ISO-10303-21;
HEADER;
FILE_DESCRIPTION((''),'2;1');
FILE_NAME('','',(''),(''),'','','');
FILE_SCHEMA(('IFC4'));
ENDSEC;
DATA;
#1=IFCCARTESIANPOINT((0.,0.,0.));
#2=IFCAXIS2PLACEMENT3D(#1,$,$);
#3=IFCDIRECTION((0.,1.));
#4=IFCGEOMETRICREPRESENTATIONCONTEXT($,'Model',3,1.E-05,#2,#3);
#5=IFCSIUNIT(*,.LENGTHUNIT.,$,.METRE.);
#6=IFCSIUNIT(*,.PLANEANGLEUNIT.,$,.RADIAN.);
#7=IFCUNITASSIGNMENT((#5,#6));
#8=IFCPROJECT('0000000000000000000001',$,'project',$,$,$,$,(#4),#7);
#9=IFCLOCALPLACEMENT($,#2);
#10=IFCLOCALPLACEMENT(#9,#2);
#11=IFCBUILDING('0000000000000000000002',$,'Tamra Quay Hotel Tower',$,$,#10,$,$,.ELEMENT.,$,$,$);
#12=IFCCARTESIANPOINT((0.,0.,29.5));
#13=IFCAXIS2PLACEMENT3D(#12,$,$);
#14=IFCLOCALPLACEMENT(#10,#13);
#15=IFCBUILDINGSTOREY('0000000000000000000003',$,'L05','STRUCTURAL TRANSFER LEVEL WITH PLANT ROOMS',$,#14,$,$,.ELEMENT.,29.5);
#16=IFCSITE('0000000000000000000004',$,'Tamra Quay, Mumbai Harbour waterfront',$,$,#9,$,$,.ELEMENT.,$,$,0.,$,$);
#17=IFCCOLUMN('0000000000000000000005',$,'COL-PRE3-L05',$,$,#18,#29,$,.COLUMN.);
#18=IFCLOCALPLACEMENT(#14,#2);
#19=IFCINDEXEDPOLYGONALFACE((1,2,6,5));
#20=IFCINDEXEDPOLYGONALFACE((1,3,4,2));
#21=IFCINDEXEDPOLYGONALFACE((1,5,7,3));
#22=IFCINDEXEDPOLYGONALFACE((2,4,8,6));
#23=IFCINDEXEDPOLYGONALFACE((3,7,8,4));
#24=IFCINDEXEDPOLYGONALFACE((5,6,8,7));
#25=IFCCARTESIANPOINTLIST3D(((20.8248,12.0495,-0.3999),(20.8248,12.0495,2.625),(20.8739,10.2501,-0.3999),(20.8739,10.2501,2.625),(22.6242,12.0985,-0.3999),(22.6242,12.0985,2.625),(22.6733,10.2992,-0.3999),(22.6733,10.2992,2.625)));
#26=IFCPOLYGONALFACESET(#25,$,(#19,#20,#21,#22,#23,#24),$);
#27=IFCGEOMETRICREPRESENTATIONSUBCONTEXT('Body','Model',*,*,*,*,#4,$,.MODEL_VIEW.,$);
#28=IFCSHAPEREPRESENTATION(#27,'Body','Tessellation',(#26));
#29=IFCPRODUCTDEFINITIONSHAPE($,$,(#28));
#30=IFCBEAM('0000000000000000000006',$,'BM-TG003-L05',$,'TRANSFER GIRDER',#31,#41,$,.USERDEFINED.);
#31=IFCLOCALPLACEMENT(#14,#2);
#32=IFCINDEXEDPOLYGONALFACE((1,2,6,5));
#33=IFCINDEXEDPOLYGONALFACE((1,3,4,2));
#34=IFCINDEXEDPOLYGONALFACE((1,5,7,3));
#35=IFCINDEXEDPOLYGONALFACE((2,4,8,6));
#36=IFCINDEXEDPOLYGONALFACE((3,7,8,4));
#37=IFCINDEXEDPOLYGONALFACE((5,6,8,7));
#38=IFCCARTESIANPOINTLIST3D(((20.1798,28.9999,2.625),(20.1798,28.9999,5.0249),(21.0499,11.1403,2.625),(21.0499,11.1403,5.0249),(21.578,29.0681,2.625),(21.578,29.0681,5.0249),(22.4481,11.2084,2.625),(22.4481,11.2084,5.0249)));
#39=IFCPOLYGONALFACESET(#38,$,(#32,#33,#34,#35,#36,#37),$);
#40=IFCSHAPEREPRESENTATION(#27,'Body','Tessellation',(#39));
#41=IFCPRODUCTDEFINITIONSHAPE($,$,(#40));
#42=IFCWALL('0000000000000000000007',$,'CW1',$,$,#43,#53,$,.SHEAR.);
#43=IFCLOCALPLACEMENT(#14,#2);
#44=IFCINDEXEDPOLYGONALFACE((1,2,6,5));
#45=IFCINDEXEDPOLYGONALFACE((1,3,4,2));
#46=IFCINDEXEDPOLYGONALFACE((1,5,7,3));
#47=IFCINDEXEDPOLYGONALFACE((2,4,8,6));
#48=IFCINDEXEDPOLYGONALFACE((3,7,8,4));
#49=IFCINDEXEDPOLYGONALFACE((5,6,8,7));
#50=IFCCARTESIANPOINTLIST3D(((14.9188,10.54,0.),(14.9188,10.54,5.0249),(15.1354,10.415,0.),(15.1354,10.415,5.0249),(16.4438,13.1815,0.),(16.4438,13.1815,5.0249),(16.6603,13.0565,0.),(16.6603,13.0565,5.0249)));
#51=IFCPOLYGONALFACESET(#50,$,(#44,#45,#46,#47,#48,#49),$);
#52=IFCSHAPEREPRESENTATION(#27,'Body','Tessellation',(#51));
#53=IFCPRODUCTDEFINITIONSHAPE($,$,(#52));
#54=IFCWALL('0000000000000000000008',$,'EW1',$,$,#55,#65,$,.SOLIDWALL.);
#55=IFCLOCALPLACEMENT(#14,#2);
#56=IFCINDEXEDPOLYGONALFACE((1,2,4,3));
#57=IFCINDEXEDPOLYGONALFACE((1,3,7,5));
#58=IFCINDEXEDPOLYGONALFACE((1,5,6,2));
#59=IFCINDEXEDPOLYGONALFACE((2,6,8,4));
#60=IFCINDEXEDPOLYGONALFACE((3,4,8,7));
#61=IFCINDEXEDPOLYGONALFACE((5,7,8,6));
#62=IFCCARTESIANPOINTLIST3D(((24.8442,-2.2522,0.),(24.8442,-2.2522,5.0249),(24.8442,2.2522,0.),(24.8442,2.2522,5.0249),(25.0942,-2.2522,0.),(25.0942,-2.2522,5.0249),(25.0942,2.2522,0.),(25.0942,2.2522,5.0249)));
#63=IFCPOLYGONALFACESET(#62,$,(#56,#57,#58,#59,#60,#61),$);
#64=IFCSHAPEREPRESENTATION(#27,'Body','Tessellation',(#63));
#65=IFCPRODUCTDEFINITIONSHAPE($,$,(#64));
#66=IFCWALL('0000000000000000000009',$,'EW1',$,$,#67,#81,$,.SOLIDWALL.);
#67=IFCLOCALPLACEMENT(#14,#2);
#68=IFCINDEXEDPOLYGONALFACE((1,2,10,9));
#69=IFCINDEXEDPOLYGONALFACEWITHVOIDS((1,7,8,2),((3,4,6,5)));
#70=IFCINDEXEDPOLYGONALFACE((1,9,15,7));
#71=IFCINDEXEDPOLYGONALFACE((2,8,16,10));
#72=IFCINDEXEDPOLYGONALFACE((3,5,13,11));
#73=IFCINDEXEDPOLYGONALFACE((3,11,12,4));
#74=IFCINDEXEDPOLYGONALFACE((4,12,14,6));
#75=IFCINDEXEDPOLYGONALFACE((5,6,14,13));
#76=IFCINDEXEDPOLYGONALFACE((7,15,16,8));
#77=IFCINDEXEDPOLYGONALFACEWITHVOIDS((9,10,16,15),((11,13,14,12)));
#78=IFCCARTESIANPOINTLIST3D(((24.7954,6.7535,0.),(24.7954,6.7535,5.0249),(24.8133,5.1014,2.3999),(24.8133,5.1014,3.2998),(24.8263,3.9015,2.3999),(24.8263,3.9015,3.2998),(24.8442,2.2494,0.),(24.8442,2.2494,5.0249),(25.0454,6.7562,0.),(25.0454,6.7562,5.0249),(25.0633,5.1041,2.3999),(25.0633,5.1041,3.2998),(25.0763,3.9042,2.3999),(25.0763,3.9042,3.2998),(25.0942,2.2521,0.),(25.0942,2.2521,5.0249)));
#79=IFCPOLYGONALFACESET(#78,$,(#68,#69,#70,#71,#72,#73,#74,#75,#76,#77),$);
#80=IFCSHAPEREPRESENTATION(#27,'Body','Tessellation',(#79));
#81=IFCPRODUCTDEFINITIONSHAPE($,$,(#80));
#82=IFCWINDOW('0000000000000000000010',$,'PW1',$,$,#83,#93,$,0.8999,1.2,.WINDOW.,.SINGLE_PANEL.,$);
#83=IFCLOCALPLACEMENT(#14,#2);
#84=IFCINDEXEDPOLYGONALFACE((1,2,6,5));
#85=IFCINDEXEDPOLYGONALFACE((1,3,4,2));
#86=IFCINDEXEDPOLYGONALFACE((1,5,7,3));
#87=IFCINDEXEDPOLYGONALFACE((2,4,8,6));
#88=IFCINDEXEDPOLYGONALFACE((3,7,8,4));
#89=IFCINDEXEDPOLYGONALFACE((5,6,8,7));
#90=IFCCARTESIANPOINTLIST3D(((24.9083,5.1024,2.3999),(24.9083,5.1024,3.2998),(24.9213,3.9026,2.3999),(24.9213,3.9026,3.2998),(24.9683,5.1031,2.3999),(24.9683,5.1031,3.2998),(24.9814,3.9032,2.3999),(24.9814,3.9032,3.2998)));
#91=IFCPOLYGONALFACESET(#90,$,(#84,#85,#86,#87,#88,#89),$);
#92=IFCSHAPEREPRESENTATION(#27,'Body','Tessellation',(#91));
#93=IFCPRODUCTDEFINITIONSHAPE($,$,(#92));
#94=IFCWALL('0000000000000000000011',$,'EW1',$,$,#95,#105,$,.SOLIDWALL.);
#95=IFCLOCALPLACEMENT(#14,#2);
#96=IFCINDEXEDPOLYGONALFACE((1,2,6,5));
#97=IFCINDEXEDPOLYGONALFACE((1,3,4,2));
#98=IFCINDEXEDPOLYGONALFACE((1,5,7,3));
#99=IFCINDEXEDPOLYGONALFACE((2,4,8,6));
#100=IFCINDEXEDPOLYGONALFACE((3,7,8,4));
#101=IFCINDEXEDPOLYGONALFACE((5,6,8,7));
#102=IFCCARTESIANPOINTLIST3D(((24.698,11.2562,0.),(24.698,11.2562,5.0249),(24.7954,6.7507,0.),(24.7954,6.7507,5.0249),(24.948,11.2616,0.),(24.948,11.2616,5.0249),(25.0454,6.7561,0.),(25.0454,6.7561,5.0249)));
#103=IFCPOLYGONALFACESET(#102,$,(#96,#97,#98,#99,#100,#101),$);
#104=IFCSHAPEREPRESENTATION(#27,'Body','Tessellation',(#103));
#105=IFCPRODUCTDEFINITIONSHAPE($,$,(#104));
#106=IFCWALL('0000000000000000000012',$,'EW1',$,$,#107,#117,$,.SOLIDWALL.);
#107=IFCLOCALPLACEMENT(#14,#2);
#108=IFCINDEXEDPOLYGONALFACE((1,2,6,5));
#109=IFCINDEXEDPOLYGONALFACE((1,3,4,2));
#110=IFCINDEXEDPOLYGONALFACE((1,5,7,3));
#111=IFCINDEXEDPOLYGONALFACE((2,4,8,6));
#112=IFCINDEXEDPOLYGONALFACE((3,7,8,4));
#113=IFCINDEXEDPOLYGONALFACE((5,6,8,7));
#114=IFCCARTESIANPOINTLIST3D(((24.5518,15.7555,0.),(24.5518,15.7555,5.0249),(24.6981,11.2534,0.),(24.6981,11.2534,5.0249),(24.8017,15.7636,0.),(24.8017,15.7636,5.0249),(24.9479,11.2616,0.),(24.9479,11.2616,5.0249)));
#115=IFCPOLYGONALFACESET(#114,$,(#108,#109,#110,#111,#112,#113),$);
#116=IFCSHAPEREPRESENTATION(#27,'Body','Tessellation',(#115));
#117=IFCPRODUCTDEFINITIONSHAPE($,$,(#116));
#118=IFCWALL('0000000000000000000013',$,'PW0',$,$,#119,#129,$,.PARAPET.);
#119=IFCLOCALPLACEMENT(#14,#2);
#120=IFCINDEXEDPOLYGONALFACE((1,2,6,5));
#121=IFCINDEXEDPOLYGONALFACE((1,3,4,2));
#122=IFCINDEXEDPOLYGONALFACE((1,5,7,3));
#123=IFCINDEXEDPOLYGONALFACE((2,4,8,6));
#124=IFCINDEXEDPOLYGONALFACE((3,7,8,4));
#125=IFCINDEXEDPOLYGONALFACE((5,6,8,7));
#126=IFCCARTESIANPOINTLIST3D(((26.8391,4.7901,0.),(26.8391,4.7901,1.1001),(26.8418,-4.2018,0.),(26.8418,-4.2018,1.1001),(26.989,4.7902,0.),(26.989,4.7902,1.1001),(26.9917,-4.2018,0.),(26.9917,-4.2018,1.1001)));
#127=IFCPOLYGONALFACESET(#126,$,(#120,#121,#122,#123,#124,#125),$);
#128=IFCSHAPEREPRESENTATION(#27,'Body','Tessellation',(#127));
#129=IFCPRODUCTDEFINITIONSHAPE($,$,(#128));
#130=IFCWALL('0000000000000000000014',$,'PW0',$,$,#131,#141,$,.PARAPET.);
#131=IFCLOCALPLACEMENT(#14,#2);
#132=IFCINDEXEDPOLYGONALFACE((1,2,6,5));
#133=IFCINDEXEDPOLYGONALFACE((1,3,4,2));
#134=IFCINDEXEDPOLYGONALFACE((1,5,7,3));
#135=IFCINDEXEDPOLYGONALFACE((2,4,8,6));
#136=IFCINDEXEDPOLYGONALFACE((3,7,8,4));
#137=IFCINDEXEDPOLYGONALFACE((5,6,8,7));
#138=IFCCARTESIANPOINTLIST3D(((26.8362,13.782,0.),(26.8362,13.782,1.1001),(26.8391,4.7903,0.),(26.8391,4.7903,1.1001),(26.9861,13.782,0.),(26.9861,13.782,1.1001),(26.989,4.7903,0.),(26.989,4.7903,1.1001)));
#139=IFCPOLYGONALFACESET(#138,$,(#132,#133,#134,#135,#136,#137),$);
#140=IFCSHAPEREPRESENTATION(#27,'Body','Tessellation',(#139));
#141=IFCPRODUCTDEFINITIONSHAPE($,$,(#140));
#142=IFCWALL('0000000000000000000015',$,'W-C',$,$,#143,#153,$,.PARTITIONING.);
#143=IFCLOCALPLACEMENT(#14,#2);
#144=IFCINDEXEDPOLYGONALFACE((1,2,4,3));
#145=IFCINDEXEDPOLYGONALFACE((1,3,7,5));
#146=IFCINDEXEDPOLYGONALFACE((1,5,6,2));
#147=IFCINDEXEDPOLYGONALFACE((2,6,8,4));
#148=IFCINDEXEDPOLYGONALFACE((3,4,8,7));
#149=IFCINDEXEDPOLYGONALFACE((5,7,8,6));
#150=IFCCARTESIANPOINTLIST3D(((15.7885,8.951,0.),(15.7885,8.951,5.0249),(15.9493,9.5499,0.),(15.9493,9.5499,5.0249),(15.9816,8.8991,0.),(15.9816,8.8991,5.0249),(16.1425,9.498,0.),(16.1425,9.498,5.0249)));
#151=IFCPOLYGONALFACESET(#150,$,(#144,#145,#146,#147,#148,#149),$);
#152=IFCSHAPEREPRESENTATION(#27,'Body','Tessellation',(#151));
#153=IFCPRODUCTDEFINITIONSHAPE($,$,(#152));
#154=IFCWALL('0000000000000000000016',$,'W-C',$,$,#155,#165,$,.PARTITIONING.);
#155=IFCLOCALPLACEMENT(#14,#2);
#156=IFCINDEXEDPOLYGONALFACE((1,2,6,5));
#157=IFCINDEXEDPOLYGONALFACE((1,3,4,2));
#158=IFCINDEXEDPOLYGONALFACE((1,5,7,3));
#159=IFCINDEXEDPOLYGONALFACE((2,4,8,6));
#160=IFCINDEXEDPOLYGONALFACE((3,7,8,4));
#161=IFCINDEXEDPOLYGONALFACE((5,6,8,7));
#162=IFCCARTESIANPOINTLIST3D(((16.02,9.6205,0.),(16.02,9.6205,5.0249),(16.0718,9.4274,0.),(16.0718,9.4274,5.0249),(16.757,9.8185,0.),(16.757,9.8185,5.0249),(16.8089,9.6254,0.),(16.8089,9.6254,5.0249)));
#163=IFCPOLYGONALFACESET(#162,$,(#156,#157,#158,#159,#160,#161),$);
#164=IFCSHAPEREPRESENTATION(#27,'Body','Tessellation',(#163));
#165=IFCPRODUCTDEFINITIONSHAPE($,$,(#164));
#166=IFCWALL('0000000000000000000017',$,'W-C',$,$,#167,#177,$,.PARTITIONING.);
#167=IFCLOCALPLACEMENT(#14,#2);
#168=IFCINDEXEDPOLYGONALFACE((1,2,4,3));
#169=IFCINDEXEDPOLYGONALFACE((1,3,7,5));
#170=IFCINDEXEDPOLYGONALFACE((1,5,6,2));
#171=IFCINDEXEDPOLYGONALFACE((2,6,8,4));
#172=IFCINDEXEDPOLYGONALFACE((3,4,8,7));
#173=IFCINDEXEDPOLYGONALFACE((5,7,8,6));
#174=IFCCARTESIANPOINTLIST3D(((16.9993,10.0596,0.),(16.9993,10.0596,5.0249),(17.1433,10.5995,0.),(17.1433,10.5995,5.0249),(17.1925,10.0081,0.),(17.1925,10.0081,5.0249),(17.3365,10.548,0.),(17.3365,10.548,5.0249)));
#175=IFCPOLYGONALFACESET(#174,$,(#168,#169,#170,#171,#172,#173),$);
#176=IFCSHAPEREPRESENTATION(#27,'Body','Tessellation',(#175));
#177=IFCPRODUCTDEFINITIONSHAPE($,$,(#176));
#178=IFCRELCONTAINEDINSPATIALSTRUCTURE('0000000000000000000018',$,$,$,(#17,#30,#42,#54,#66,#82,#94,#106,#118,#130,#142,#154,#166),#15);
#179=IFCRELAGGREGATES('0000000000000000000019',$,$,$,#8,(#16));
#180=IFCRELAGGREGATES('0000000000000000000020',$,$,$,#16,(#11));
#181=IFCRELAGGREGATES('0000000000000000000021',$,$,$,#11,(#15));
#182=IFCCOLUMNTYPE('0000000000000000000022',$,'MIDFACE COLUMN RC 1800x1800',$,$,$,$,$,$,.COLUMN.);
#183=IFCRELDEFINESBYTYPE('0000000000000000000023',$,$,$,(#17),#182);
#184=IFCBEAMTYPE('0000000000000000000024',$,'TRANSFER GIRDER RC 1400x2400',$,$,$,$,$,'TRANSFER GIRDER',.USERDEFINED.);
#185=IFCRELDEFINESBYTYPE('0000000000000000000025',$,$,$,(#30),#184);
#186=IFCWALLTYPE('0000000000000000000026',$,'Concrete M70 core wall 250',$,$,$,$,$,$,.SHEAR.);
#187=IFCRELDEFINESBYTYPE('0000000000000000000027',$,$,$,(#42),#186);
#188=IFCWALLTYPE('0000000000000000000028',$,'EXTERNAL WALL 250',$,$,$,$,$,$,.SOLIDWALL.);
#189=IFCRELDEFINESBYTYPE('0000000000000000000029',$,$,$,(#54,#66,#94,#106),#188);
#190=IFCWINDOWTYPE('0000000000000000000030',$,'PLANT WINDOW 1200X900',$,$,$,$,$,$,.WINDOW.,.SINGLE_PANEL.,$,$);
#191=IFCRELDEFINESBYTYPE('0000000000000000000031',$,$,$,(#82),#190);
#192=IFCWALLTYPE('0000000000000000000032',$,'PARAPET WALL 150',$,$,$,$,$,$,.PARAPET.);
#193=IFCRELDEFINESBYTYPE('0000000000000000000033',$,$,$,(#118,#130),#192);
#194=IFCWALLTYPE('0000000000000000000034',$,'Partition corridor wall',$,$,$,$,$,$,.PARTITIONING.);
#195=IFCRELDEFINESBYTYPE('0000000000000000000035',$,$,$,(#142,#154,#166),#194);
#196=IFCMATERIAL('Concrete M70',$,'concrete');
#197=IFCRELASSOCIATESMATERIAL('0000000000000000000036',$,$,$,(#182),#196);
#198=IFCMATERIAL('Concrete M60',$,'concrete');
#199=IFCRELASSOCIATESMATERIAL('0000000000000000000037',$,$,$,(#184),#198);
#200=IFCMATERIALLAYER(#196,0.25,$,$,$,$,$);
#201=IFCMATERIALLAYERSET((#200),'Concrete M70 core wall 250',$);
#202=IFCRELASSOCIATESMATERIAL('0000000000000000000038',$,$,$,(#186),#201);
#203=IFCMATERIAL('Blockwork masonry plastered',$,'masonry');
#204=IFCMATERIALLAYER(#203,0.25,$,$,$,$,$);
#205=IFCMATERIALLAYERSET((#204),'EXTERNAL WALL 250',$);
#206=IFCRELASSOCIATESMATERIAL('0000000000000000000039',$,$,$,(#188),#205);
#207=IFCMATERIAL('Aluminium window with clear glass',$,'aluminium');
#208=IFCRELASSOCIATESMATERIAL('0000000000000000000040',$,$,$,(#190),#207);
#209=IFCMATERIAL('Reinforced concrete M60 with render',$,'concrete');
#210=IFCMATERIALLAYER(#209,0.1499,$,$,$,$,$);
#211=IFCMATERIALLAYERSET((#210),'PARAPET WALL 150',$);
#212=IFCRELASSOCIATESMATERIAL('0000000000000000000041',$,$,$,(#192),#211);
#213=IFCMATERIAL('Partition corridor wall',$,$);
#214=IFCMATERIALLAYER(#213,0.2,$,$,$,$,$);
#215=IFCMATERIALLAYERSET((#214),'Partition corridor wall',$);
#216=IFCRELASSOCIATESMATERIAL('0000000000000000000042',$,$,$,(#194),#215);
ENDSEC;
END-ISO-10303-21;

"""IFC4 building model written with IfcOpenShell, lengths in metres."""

from ifc_helpers import new_model, si_unit, direction, frame, frame_2d, origin, origin_2d, place, context, subcontext, project, spatial, rectangle, extrude, material, layer, layer_set, material_profile, profile_set, type_object, element, fill, save


model = new_model("IFC4")

# Units and contexts
model_context = context("Model", 3, precision=1e-05, world=origin(), true_north=direction((0.0, 1.0)))
body_context = subcontext(model_context, "Body", "Model", "MODEL_VIEW")
ifc_project = project(units=[si_unit("LENGTHUNIT", "METRE"), si_unit("PLANEANGLEUNIT", "RADIAN")], contexts=[model_context])

# Site, building, storey
site_placement = place(None, origin())
site = spatial("IfcSite", under=ifc_project, at=site_placement, Name="Tamra Quay, Mumbai Harbour waterfront", CompositionType="ELEMENT", RefElevation=0.0)
building_placement = place(site_placement, origin())
building = spatial("IfcBuilding", under=site, at=building_placement, Name="Tamra Quay Hotel Tower", CompositionType="ELEMENT")
storey_placement = place(building_placement, frame((0.0, 0.0, 29.5)))
storey = spatial("IfcBuildingStorey", under=building, at=storey_placement, Name="L05", Description="STRUCTURAL TRANSFER LEVEL WITH PLANT ROOMS", CompositionType="ELEMENT", Elevation=29.5)

# Column
ifc_material_1 = material(Name="Concrete M70", Category="concrete")
ifc_material_profile_1 = material_profile(ifc_material_1, rectangle(XDim=1.8, YDim=1.8, at=origin_2d()), Name="MIDFACE COLUMN RC 1800x1800")
ifc_profile_set_1 = profile_set([ifc_material_profile_1], Name="Concrete M70")
column_type = type_object("IfcColumnType", Name="MIDFACE COLUMN RC 1800x1800", PredefinedType="COLUMN", material=ifc_profile_set_1)
column_placement = place(storey_placement, frame((21.749, 11.1743, -0.3999), z_axis=(0.0, 0.0, 1.0), x_axis=(0.999628, 0.027269, 0.0)))
element("IfcColumn", 1, at=column_placement, inside=storey, type_object=column_type, Name="COL-PRE3-L05", PredefinedType="COLUMN", context=body_context, shape_type="SweptSolid", body=[
    extrude(rectangle(XDim=1.8, YDim=1.8, at=origin_2d()), origin(), (0.0, 0.0, 1.0), 3.0249),
])

# Beam
ifc_material_2 = material(Name="Concrete M60", Category="concrete")
ifc_material_profile_2 = material_profile(ifc_material_2, rectangle(XDim=1.3999, YDim=2.3999, at=origin_2d()), Name="TRANSFER GIRDER RC 1400x2400")
ifc_profile_set_2 = profile_set([ifc_material_profile_2], Name="Concrete M60")
beam_type = type_object("IfcBeamType", Name="TRANSFER GIRDER RC 1400x2400", ElementType="TRANSFER GIRDER", PredefinedType="USERDEFINED", material=ifc_profile_set_2)
beam_placement = place(storey_placement, frame((21.749, 11.1743, 3.825), z_axis=(-0.048662, 0.998815, 0.0), x_axis=(-0.998815, -0.048662, 0.0)))
element("IfcBeam", 2, at=beam_placement, inside=storey, type_object=beam_type, Name="BM-TG003-L05", ObjectType="TRANSFER GIRDER", PredefinedType="USERDEFINED", context=body_context, shape_type="SweptSolid", body=[
    extrude(rectangle(XDim=1.3999, YDim=2.3999, at=origin_2d()), origin(), (0.0, 0.0, 1.0), 17.8809),
])

# Walls
ifc_layer_1 = layer(ifc_material_1, 0.25)
ifc_layer_set_1 = layer_set([ifc_layer_1], Name="Concrete M70 core wall 250")
wall_type_1 = type_object("IfcWallType", Name="Concrete M70 core wall 250", PredefinedType="SHEAR", material=ifc_layer_set_1)
wall_1_placement = place(storey_placement, frame((16.552, 13.1189, 0.0), z_axis=(0.0, 0.0, 1.0), x_axis=(-0.499979, -0.866038, 0.0)))
element("IfcWall", 3, at=wall_1_placement, inside=storey, type_object=wall_type_1, Name="CW1", PredefinedType="SHEAR", context=body_context, shape_type="SweptSolid", body=[
    extrude(rectangle(XDim=3.05, YDim=0.25, at=frame_2d((1.5249, 0.0))), origin(), (0.0, 0.0, 1.0), 5.0249),
])
ifc_material_3 = material(Name="Blockwork masonry plastered", Category="masonry")
ifc_layer_2 = layer(ifc_material_3, 0.25)
ifc_layer_set_2 = layer_set([ifc_layer_2], Name="EXTERNAL WALL 250")
wall_type_2 = type_object("IfcWallType", Name="EXTERNAL WALL 250", PredefinedType="SOLIDWALL", material=ifc_layer_set_2)
wall_2_placement = place(storey_placement, frame((24.9692, 2.2522, 0.0), z_axis=(0.0, 0.0, 1.0), x_axis=(0.0, -1.0, 0.0)))
element("IfcWall", 4, at=wall_2_placement, inside=storey, type_object=wall_type_2, Name="EW1", PredefinedType="SOLIDWALL", context=body_context, shape_type="SweptSolid", body=[
    extrude(rectangle(XDim=4.5044, YDim=0.25, at=frame_2d((2.2522, 0.0))), origin(), (0.0, 0.0, 1.0), 5.0249),
])

# Wall, opening, window
wall_3_placement = place(storey_placement, frame((24.9204, 6.7549, 0.0), z_axis=(0.0, 0.0, 1.0), x_axis=(0.01084, -0.999941, 0.0)))
wall_3 = element("IfcWall", 5, at=wall_3_placement, inside=storey, type_object=wall_type_2, Name="EW1", PredefinedType="SOLIDWALL", context=body_context, shape_type="SweptSolid", body=[
    extrude(rectangle(XDim=4.5044, YDim=0.25, at=frame_2d((2.2522, 0.0))), origin(), (0.0, 0.0, 1.0), 5.0249),
])
opening_placement = place(wall_3_placement, frame((1.6521, 0.0, 2.3999)))
opening = element("IfcOpeningElement", 6, at=opening_placement, cuts=wall_3, PredefinedType="OPENING", context=body_context, shape_type="SweptSolid", body=[
    extrude(rectangle(XDim=1.2, YDim=0.8999, at=frame_2d((0.6001, 0.45))), frame((0.0, 0.135, 0.0), z_axis=(0.0, -1.0, 0.0), x_axis=(1.0, 0.0, 0.0)), (0.0, 0.0, 1.0), 0.27),
])
ifc_material_4 = material(Name="Aluminium window with clear glass", Category="aluminium")
window_type = type_object("IfcWindowType", Name="PLANT WINDOW 1200X900", PartitioningType="SINGLE_PANEL", PredefinedType="WINDOW", material=ifc_material_4)
window_placement = place(opening_placement, origin())
window = element("IfcWindow", 7, at=window_placement, inside=storey, type_object=window_type, Name="PW1", OverallHeight=0.8999, OverallWidth=1.2, PartitioningType="SINGLE_PANEL", PredefinedType="WINDOW", context=body_context, shape_type="SweptSolid", body=[
    extrude(rectangle(XDim=1.2, YDim=0.8999, at=frame_2d((0.6001, 0.45))), frame((0.0, 0.03, 0.0), z_axis=(0.0, -1.0, 0.0), x_axis=(1.0, 0.0, 0.0)), (0.0, 0.0, 1.0), 0.0601),
])
fill(opening, window)

# Walls
wall_4_placement = place(storey_placement, frame((24.823, 11.259, 0.0), z_axis=(0.0, 0.0, 1.0), x_axis=(0.021615, -0.999766, 0.0)))
element("IfcWall", 8, at=wall_4_placement, inside=storey, type_object=wall_type_2, Name="EW1", PredefinedType="SOLIDWALL", context=body_context, shape_type="SweptSolid", body=[
    extrude(rectangle(XDim=4.5066, YDim=0.25, at=frame_2d((2.2534, 0.0))), origin(), (0.0, 0.0, 1.0), 5.0249),
])
wall_5_placement = place(storey_placement, frame((24.6768, 15.7595, 0.0), z_axis=(0.0, 0.0, 1.0), x_axis=(0.032467, -0.999473, 0.0)))
element("IfcWall", 9, at=wall_5_placement, inside=storey, type_object=wall_type_2, Name="EW1", PredefinedType="SOLIDWALL", context=body_context, shape_type="SweptSolid", body=[
    extrude(rectangle(XDim=4.5044, YDim=0.25, at=frame_2d((2.2522, 0.0))), origin(), (0.0, 0.0, 1.0), 5.0249),
])
ifc_material_5 = material(Name="Reinforced concrete M60 with render", Category="concrete")
ifc_layer_3 = layer(ifc_material_5, 0.1499)
ifc_layer_set_3 = layer_set([ifc_layer_3], Name="PARAPET WALL 150")
wall_type_3 = type_object("IfcWallType", Name="PARAPET WALL 150", PredefinedType="PARAPET", material=ifc_layer_set_3)
wall_6_placement = place(storey_placement, frame((26.9141, 4.7903, 0.0), z_axis=(0.0, 0.0, 1.0), x_axis=(0.000299, -1.0, 0.0)))
element("IfcWall", 10, at=wall_6_placement, inside=storey, type_object=wall_type_3, Name="PW0", PredefinedType="PARAPET", context=body_context, shape_type="SweptSolid", body=[
    extrude(rectangle(XDim=8.9919, YDim=0.1499, at=frame_2d((4.4961, 0.0))), origin(), (0.0, 0.0, 1.0), 1.1001),
])
wall_7_placement = place(storey_placement, frame((26.9111, 13.782, 0.0), z_axis=(0.0, 0.0, 1.0), x_axis=(0.000326, -1.0, 0.0)))
element("IfcWall", 11, at=wall_7_placement, inside=storey, type_object=wall_type_3, Name="PW0", PredefinedType="PARAPET", context=body_context, shape_type="SweptSolid", body=[
    extrude(rectangle(XDim=8.9917, YDim=0.1499, at=frame_2d((4.4958, 0.0))), origin(), (0.0, 0.0, 1.0), 1.1001),
])
ifc_material_6 = material(Name="Partition corridor wall")
ifc_layer_4 = layer(ifc_material_6, 0.2)
ifc_layer_set_4 = layer_set([ifc_layer_4], Name="Partition corridor wall")
wall_type_4 = type_object("IfcWallType", Name="Partition corridor wall", PredefinedType="PARTITIONING", material=ifc_layer_set_4)
wall_8_placement = place(storey_placement, frame((15.885, 8.925, 0.0), z_axis=(0.0, 0.0, 1.0), x_axis=(0.259451, 0.965756, 0.0)))
element("IfcWall", 12, at=wall_8_placement, inside=storey, type_object=wall_type_4, Name="W-C", PredefinedType="PARTITIONING", context=body_context, shape_type="SweptSolid", body=[
    extrude(rectangle(XDim=0.6201, YDim=0.2, at=frame_2d((0.3101, 0.0))), origin(), (0.0, 0.0, 1.0), 5.0249),
])
wall_9_placement = place(storey_placement, frame((16.0459, 9.5239, 0.0), z_axis=(0.0, 0.0, 1.0), x_axis=(0.965761, 0.259434, 0.0)))
element("IfcWall", 13, at=wall_9_placement, inside=storey, type_object=wall_type_4, Name="W-C", PredefinedType="PARTITIONING", context=body_context, shape_type="SweptSolid", body=[
    extrude(rectangle(XDim=0.7632, YDim=0.2, at=frame_2d((0.3816, 0.0))), origin(), (0.0, 0.0, 1.0), 5.0249),
])
wall_10_placement = place(storey_placement, frame((17.0959, 10.0339, 0.0), z_axis=(0.0, 0.0, 1.0), x_axis=(0.257717, 0.96622, 0.0)))
element("IfcWall", 14, at=wall_10_placement, inside=storey, type_object=wall_type_4, Name="W-C", PredefinedType="PARTITIONING", context=body_context, shape_type="SweptSolid", body=[
    extrude(rectangle(XDim=0.5588, YDim=0.2, at=frame_2d((0.2793, 0.0))), origin(), (0.0, 0.0, 1.0), 5.0249),
])

save(model, "model.ifc")
